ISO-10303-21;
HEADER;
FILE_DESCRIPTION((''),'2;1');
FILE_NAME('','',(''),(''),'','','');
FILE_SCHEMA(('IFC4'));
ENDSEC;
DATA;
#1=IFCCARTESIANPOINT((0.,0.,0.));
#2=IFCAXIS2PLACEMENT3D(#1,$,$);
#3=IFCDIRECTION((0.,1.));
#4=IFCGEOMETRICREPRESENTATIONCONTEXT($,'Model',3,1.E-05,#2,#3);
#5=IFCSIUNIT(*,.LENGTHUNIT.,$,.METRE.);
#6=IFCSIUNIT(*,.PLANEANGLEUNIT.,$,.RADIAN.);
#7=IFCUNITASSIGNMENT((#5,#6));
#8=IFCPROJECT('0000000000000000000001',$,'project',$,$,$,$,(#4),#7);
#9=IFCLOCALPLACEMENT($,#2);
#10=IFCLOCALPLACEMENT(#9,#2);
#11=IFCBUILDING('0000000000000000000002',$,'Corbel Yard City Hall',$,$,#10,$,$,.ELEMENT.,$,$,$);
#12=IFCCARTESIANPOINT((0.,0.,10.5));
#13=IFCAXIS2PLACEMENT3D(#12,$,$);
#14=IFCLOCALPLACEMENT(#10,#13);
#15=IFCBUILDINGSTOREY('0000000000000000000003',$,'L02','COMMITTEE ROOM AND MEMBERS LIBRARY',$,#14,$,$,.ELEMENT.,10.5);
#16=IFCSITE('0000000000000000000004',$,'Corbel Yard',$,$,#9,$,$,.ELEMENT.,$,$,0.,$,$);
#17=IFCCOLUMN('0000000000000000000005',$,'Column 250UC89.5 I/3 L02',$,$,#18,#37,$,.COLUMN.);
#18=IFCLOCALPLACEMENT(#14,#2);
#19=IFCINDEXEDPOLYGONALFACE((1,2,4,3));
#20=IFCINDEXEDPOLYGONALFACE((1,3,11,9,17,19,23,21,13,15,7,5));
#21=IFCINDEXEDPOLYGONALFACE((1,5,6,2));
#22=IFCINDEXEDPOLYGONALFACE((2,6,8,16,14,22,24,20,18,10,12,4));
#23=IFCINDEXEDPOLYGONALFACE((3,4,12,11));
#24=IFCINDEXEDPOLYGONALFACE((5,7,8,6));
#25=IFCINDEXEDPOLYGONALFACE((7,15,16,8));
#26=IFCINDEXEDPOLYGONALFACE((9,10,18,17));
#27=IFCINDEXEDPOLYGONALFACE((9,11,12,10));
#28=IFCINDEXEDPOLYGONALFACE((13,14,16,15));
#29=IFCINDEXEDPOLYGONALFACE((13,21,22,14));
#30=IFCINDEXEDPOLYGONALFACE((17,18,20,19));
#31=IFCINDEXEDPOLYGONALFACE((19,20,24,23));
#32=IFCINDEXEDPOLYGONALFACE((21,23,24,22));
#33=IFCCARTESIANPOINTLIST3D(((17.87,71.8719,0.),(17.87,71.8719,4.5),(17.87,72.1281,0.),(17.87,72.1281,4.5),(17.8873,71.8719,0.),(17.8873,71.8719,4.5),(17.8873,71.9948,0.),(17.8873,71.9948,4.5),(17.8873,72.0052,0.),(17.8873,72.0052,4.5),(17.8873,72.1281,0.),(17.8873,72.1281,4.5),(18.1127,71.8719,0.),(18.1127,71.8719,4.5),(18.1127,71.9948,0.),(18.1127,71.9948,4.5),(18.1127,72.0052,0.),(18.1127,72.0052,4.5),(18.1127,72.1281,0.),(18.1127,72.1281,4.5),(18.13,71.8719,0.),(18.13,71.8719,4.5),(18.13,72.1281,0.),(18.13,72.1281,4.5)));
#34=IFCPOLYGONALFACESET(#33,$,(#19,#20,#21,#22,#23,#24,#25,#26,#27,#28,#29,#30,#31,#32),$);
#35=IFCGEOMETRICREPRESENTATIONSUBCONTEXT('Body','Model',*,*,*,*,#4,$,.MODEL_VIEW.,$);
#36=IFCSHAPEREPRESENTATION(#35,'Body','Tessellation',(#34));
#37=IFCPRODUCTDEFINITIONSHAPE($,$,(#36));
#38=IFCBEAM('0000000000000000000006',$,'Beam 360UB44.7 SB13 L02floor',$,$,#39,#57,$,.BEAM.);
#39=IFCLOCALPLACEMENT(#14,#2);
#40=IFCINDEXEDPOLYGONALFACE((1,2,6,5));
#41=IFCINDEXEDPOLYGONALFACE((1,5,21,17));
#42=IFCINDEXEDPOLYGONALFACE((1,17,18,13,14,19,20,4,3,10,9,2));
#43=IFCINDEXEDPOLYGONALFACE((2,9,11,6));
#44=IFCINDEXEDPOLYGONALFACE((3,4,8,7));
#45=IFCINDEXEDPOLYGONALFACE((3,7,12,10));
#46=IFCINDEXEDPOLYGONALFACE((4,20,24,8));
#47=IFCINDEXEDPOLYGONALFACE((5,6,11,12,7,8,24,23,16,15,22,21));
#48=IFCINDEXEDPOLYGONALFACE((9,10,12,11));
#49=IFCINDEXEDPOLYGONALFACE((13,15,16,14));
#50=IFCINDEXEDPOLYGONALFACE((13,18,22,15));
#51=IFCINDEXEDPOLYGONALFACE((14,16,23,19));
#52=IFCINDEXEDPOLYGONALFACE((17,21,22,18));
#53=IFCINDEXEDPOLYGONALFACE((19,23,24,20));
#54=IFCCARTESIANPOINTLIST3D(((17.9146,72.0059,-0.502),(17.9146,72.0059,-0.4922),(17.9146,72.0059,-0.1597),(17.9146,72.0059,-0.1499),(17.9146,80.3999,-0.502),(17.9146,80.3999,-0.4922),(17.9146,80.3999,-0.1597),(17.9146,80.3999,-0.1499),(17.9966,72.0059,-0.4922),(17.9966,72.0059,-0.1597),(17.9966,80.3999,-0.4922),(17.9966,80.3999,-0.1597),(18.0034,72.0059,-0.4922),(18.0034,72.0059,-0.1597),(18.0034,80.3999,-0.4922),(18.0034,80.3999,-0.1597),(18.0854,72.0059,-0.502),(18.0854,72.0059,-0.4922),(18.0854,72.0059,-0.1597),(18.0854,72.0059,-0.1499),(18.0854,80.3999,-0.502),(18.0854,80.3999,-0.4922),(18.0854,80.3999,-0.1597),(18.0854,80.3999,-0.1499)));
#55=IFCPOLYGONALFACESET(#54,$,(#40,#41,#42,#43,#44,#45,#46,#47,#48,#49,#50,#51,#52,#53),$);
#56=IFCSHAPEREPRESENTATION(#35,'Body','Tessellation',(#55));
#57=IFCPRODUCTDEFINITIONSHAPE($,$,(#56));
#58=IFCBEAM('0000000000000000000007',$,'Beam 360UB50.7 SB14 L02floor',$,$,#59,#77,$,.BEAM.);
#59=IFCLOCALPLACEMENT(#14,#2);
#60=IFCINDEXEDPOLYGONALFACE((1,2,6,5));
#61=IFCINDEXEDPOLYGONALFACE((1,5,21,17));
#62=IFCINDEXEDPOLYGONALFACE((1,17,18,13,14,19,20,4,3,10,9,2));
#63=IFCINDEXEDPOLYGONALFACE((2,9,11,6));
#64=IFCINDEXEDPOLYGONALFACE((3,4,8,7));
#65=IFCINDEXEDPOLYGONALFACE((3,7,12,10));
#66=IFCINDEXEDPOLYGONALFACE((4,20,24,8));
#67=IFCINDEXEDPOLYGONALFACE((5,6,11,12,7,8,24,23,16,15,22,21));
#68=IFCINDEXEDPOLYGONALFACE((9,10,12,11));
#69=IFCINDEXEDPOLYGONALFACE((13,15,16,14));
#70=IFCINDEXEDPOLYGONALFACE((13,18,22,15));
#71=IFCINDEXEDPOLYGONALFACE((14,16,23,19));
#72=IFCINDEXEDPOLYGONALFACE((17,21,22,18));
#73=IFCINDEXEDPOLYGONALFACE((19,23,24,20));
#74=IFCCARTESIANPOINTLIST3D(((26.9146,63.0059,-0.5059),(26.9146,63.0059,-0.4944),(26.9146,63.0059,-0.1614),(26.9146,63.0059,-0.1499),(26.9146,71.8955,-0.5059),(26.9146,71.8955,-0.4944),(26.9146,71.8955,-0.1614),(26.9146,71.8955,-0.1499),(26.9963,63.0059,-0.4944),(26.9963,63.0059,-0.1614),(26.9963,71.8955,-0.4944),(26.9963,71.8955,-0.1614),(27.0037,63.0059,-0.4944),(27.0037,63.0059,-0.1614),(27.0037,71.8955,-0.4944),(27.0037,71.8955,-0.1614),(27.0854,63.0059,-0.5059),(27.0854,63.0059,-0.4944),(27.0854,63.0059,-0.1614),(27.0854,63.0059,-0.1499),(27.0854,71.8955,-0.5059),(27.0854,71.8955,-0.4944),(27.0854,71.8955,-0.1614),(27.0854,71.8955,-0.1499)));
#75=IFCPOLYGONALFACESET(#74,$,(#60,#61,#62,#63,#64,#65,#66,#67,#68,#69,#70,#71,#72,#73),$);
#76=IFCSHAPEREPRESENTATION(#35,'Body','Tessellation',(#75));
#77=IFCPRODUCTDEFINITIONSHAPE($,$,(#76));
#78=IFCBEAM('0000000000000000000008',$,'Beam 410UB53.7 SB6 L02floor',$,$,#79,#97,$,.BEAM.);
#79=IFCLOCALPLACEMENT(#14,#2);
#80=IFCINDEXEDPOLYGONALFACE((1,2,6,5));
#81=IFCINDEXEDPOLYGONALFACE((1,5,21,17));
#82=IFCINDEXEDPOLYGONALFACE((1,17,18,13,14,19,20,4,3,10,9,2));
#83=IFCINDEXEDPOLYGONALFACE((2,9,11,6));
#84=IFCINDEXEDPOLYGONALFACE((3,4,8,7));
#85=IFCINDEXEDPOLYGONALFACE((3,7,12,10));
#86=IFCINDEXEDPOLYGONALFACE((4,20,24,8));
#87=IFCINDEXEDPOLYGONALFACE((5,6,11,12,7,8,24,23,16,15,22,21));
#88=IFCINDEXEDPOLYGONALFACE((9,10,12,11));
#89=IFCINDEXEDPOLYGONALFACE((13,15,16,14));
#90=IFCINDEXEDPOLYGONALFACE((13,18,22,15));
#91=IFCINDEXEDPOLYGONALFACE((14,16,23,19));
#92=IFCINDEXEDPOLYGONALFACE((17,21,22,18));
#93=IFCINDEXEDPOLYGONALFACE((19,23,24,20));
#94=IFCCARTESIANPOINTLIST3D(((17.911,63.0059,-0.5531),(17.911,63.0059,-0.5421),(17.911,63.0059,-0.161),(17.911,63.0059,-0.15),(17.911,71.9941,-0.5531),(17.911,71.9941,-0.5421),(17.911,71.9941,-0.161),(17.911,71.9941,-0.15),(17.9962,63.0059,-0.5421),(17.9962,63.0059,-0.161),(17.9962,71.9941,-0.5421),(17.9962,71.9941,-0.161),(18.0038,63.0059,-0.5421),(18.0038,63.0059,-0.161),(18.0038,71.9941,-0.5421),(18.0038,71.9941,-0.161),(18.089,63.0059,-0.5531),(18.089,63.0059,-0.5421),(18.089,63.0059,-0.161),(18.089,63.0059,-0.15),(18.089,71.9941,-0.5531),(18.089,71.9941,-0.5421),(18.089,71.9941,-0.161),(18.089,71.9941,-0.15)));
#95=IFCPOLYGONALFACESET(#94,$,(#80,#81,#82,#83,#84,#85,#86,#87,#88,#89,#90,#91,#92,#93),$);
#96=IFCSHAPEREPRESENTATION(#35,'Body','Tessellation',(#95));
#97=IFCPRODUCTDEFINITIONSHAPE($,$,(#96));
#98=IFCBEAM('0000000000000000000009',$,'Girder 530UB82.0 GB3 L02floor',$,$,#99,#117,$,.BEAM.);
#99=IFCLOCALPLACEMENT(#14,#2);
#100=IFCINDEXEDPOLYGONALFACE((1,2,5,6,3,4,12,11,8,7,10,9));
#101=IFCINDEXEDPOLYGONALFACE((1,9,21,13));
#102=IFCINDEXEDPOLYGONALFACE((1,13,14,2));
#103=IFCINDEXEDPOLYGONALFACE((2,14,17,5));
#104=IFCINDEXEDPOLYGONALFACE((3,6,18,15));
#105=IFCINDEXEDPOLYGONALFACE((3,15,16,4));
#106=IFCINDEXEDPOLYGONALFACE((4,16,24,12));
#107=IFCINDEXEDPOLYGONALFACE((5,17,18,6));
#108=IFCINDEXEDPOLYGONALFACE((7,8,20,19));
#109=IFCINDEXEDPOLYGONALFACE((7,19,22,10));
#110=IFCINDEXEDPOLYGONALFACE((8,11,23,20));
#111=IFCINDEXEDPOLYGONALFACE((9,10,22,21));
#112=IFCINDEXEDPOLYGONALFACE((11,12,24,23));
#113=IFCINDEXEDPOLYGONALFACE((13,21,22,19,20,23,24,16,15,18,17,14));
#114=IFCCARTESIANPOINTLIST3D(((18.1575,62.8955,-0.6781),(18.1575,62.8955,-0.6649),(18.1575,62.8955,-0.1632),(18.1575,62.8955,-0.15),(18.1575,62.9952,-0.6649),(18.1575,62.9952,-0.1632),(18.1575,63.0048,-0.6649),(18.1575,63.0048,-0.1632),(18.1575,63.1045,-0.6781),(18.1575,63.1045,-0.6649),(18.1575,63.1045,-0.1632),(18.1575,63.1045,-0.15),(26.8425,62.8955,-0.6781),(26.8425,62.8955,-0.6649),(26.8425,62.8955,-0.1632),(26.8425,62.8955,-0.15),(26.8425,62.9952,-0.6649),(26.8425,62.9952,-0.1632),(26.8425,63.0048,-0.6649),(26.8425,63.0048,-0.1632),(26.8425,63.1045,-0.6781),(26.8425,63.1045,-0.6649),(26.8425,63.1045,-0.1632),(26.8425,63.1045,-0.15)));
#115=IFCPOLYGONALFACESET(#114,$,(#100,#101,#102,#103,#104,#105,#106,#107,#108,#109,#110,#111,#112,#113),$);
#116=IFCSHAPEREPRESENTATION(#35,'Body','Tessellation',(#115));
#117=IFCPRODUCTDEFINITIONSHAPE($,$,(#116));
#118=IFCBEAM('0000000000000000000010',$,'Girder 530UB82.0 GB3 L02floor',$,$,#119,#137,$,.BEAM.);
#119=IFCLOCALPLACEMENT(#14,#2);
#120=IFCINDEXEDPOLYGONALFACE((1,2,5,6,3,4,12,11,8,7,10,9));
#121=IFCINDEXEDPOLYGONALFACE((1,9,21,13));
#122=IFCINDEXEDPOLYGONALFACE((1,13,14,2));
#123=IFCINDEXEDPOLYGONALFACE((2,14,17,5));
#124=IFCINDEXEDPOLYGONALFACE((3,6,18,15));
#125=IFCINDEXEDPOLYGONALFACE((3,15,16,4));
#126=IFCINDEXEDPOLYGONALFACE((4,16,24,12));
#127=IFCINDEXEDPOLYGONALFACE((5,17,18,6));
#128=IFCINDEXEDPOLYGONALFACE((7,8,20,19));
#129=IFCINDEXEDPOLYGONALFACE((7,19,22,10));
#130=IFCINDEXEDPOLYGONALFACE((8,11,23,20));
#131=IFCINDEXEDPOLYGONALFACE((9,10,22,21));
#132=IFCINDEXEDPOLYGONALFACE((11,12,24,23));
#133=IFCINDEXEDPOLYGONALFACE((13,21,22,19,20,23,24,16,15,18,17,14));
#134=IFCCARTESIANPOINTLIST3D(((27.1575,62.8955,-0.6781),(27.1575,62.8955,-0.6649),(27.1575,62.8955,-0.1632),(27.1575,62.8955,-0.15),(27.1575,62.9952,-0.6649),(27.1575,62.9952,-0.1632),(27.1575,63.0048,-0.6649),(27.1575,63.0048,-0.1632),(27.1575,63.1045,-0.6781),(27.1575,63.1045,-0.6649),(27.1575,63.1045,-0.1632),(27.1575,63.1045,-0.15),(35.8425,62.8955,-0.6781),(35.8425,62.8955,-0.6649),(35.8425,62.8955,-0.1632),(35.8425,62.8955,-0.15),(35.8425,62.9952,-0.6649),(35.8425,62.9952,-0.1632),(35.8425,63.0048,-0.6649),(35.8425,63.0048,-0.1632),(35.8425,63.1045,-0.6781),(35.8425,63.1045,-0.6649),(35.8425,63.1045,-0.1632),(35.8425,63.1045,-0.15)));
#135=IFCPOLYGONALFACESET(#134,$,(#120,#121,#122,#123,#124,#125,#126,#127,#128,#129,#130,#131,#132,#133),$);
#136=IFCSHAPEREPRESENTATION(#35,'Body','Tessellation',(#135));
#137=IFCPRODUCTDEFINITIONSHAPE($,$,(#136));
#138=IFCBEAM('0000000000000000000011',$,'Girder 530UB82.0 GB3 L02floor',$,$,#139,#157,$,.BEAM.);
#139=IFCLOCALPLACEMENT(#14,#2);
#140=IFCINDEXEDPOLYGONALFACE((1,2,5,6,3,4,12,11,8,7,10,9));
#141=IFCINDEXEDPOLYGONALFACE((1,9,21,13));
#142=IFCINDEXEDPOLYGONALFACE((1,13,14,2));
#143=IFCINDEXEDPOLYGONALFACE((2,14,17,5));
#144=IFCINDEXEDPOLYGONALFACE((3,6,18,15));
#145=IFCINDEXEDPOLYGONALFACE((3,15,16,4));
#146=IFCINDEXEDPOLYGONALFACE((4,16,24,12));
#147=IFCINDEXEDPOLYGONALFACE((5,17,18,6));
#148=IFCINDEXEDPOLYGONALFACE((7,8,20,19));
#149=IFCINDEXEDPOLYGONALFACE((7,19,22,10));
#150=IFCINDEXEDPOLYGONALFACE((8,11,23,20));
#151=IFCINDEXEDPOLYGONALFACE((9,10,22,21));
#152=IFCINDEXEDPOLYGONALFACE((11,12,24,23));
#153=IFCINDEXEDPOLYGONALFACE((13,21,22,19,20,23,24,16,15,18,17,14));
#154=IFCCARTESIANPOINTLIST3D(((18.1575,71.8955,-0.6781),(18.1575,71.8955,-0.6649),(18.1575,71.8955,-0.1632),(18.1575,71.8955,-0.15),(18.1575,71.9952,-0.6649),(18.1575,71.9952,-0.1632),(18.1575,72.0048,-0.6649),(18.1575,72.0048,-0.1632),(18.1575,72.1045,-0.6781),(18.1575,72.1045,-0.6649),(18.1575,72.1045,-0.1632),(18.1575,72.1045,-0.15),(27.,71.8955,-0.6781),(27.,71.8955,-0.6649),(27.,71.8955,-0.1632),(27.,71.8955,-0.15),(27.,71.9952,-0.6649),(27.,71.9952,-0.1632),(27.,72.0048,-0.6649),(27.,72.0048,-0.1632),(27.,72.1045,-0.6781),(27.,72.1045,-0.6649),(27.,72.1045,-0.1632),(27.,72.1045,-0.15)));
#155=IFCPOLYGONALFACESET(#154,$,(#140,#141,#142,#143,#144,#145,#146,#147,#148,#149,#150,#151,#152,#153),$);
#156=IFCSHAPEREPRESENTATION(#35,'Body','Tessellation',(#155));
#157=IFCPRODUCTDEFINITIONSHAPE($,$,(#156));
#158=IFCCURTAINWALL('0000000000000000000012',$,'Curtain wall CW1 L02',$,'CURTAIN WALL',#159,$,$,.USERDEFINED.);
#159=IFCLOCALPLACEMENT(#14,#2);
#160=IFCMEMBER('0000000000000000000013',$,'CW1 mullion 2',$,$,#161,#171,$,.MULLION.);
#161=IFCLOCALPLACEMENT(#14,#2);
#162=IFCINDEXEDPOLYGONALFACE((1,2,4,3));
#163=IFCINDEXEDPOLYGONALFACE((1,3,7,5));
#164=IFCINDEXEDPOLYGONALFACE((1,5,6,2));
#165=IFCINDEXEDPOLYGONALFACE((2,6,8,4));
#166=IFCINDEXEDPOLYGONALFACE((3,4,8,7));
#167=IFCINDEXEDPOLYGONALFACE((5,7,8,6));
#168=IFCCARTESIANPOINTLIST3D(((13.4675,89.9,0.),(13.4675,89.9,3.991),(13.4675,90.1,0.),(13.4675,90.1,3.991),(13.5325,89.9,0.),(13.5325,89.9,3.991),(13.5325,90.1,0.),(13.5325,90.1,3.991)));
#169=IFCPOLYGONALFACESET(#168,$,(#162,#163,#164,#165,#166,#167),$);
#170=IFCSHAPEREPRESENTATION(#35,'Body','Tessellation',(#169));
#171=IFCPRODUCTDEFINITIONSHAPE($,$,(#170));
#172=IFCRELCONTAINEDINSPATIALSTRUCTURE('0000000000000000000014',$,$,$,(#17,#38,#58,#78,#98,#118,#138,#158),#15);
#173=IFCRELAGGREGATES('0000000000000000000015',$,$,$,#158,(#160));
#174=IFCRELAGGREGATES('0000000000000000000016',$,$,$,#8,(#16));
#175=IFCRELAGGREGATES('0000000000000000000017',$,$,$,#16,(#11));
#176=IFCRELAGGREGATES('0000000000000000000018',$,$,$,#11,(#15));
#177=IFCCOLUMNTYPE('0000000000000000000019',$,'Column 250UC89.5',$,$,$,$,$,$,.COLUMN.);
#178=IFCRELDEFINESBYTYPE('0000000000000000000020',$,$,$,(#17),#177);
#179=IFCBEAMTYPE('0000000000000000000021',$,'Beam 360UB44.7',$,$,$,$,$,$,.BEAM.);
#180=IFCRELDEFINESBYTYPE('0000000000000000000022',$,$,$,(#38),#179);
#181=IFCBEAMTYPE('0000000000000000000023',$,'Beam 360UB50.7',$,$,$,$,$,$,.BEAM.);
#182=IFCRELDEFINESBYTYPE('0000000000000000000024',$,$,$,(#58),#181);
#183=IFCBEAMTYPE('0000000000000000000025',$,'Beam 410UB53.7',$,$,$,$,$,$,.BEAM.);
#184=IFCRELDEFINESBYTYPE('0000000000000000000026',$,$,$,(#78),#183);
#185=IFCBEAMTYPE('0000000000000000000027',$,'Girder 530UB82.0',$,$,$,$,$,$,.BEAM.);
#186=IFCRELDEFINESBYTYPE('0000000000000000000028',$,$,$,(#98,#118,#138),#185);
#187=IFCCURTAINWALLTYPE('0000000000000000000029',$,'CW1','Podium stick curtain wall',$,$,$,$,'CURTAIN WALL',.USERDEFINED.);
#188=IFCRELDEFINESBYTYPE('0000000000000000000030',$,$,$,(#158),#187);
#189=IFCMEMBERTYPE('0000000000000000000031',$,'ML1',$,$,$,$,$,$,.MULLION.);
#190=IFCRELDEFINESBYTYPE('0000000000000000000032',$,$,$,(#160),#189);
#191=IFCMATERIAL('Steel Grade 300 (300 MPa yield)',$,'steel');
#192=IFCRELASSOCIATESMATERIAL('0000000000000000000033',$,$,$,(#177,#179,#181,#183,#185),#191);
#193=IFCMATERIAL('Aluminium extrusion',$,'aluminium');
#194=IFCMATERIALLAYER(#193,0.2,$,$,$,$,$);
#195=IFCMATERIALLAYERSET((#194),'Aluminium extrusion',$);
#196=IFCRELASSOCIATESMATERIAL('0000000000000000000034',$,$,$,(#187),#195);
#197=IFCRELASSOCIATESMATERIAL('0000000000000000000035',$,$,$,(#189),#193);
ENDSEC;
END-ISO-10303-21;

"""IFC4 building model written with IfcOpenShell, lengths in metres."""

from ifc_helpers import new_model, si_unit, direction, frame, origin, origin_2d, place, context, subcontext, project, spatial, rectangle, i_section, extrude, material, layer, layer_set, material_profile, profile_set, type_object, element, aggregate, save


model = new_model("IFC4")

# Units and contexts
model_context = context("Model", 3, precision=1e-05, world=origin(), true_north=direction((0.0, 1.0)))
body_context = subcontext(model_context, "Body", "Model", "MODEL_VIEW")
ifc_project = project(units=[si_unit("LENGTHUNIT", "METRE"), si_unit("PLANEANGLEUNIT", "RADIAN")], contexts=[model_context])

# Site, building, storey
site_placement = place(None, origin())
site = spatial("IfcSite", under=ifc_project, at=site_placement, Name="Corbel Yard", CompositionType="ELEMENT", RefElevation=0.0)
building_placement = place(site_placement, origin())
building = spatial("IfcBuilding", under=site, at=building_placement, Name="Corbel Yard City Hall", CompositionType="ELEMENT")
storey_placement = place(building_placement, frame((0.0, 0.0, 10.5)))
storey = spatial("IfcBuildingStorey", under=building, at=storey_placement, Name="L02", Description="COMMITTEE ROOM AND MEMBERS LIBRARY", CompositionType="ELEMENT", Elevation=10.5)

# Column
ifc_material_1 = material(Name="Steel Grade 300 (300 MPa yield)", Category="steel")
ifc_material_profile_1 = material_profile(ifc_material_1, i_section(OverallWidth=0.2561, OverallDepth=0.26, WebThickness=0.0105, FlangeThickness=0.0173, at=origin_2d()), Name="250UC89.5")
ifc_profile_set_1 = profile_set([ifc_material_profile_1], Name="Steel Grade 300 (300 MPa yield)")
column_type = type_object("IfcColumnType", Name="Column 250UC89.5", PredefinedType="COLUMN", material=ifc_profile_set_1)
column_placement = place(storey_placement, frame((18.0, 72.0, 0.0), z_axis=(0.0, 0.0, 1.0), x_axis=(0.0, 1.0, 0.0)))
element("IfcColumn", 1, at=column_placement, inside=storey, type_object=column_type, Name="Column 250UC89.5 I/3 L02", PredefinedType="COLUMN", context=body_context, shape_type="SweptSolid", body=[
    extrude(i_section(OverallWidth=0.2561, OverallDepth=0.26, WebThickness=0.0105, FlangeThickness=0.0173, at=origin_2d()), origin(), (0.0, 0.0, 1.0), 4.5),
])

# Beams
ifc_material_profile_2 = material_profile(ifc_material_1, i_section(OverallWidth=0.1709, OverallDepth=0.3521, WebThickness=0.0068, FlangeThickness=0.0098, at=origin_2d()), Name="360UB44.7")
ifc_profile_set_2 = profile_set([ifc_material_profile_2], Name="Steel Grade 300 (300 MPa yield)")
beam_type_1 = type_object("IfcBeamType", Name="Beam 360UB44.7", PredefinedType="BEAM", material=ifc_profile_set_2)
beam_1_placement = place(storey_placement, frame((18.0, 72.0059, -0.3259), z_axis=(0.0, 1.0, 0.0), x_axis=(-1.0, 0.0, 0.0)))
element("IfcBeam", 2, at=beam_1_placement, inside=storey, type_object=beam_type_1, Name="Beam 360UB44.7 SB13 L02floor", PredefinedType="BEAM", context=body_context, shape_type="SweptSolid", body=[
    extrude(i_section(OverallWidth=0.1709, OverallDepth=0.3521, WebThickness=0.0068, FlangeThickness=0.0098, at=origin_2d()), origin(), (0.0, 0.0, 1.0), 8.394),
])
ifc_material_profile_3 = material_profile(ifc_material_1, i_section(OverallWidth=0.1709, OverallDepth=0.356, WebThickness=0.0073, FlangeThickness=0.0115, at=origin_2d()), Name="360UB50.7")
ifc_profile_set_3 = profile_set([ifc_material_profile_3], Name="Steel Grade 300 (300 MPa yield)")
beam_type_2 = type_object("IfcBeamType", Name="Beam 360UB50.7", PredefinedType="BEAM", material=ifc_profile_set_3)
beam_2_placement = place(storey_placement, frame((27.0, 63.0059, -0.3279), z_axis=(0.0, 1.0, 0.0), x_axis=(-1.0, 0.0, 0.0)))
element("IfcBeam", 3, at=beam_2_placement, inside=storey, type_object=beam_type_2, Name="Beam 360UB50.7 SB14 L02floor", PredefinedType="BEAM", context=body_context, shape_type="SweptSolid", body=[
    extrude(i_section(OverallWidth=0.1709, OverallDepth=0.356, WebThickness=0.0073, FlangeThickness=0.0115, at=origin_2d()), origin(), (0.0, 0.0, 1.0), 8.8896),
])
ifc_material_profile_4 = material_profile(ifc_material_1, i_section(OverallWidth=0.178, OverallDepth=0.4031, WebThickness=0.0076, FlangeThickness=0.011, at=origin_2d()), Name="410UB53.7")
ifc_profile_set_4 = profile_set([ifc_material_profile_4], Name="Steel Grade 300 (300 MPa yield)")
beam_type_3 = type_object("IfcBeamType", Name="Beam 410UB53.7", PredefinedType="BEAM", material=ifc_profile_set_4)
beam_3_placement = place(storey_placement, frame((18.0, 63.0059, -0.3516), z_axis=(0.0, 1.0, 0.0), x_axis=(-1.0, 0.0, 0.0)))
element("IfcBeam", 4, at=beam_3_placement, inside=storey, type_object=beam_type_3, Name="Beam 410UB53.7 SB6 L02floor", PredefinedType="BEAM", context=body_context, shape_type="SweptSolid", body=[
    extrude(i_section(OverallWidth=0.178, OverallDepth=0.4031, WebThickness=0.0076, FlangeThickness=0.011, at=origin_2d()), origin(), (0.0, 0.0, 1.0), 8.9883),
])
ifc_material_profile_5 = material_profile(ifc_material_1, i_section(OverallWidth=0.209, OverallDepth=0.5281, WebThickness=0.0095, FlangeThickness=0.0132, at=origin_2d()), Name="530UB82.0")
ifc_profile_set_5 = profile_set([ifc_material_profile_5], Name="Steel Grade 300 (300 MPa yield)")
beam_type_4 = type_object("IfcBeamType", Name="Girder 530UB82.0", PredefinedType="BEAM", material=ifc_profile_set_5)
for number, where, z_axis, x_axis, name in (
    (5, (18.1575, 63.0, -0.4141), (1.0, 0.0, 0.0), (0.0, 1.0, 0.0), "Girder 530UB82.0 GB3 L02floor"),
    (6, (27.1575, 63.0, -0.4141), (1.0, 0.0, 0.0), (0.0, 1.0, 0.0), "Girder 530UB82.0 GB3 L02floor"),
):
    element("IfcBeam", number, at=place(storey_placement, frame(where, z_axis=z_axis, x_axis=x_axis)), inside=storey, type_object=beam_type_4, Name=name, PredefinedType="BEAM", context=body_context, shape_type="SweptSolid", body=[
        extrude(i_section(OverallWidth=0.209, OverallDepth=0.5281, WebThickness=0.0095, FlangeThickness=0.0132, at=origin_2d()), origin(), (0.0, 0.0, 1.0), 8.6851),
    ])
beam_4_placement = place(storey_placement, frame((18.1575, 72.0, -0.4141), z_axis=(1.0, 0.0, 0.0), x_axis=(0.0, 1.0, 0.0)))
element("IfcBeam", 7, at=beam_4_placement, inside=storey, type_object=beam_type_4, Name="Girder 530UB82.0 GB3 L02floor", PredefinedType="BEAM", context=body_context, shape_type="SweptSolid", body=[
    extrude(i_section(OverallWidth=0.209, OverallDepth=0.5281, WebThickness=0.0095, FlangeThickness=0.0132, at=origin_2d()), origin(), (0.0, 0.0, 1.0), 8.8425),
])

# Curtain wall, member
ifc_material_2 = material(Name="Aluminium extrusion", Category="aluminium")
ifc_layer_1 = layer(ifc_material_2, 0.2)
ifc_layer_set_1 = layer_set([ifc_layer_1], Name="Aluminium extrusion")
curtain_wall_type = type_object("IfcCurtainWallType", Name="CW1", Description="Podium stick curtain wall", ElementType="CURTAIN WALL", PredefinedType="USERDEFINED", material=ifc_layer_set_1)
curtain_wall_placement = place(storey_placement, origin())
curtain_wall = element("IfcCurtainWall", 8, at=curtain_wall_placement, inside=storey, type_object=curtain_wall_type, Name="Curtain wall CW1 L02", ObjectType="CURTAIN WALL", PredefinedType="USERDEFINED")
ifc_material_profile_6 = material_profile(ifc_material_2, rectangle(XDim=0.2, YDim=0.0649, at=origin_2d()), Name="200x65")
ifc_profile_set_6 = profile_set([ifc_material_profile_6], Name="Aluminium extrusion")
member_type = type_object("IfcMemberType", Name="ML1", PredefinedType="MULLION", material=ifc_profile_set_6)
member_placement = place(storey_placement, frame((13.5, 90.0, 0.0), z_axis=(0.0, 0.0, 1.0), x_axis=(0.0, 1.0, 0.0)))
member = element("IfcMember", 9, at=member_placement, type_object=member_type, Name="CW1 mullion 2", PredefinedType="MULLION", context=body_context, shape_type="SweptSolid", body=[
    extrude(rectangle(XDim=0.2, YDim=0.0649, at=origin_2d()), origin(), (0.0, 0.0, 1.0), 3.991),
])
aggregate(curtain_wall, [member])

save(model, "model.ifc")
